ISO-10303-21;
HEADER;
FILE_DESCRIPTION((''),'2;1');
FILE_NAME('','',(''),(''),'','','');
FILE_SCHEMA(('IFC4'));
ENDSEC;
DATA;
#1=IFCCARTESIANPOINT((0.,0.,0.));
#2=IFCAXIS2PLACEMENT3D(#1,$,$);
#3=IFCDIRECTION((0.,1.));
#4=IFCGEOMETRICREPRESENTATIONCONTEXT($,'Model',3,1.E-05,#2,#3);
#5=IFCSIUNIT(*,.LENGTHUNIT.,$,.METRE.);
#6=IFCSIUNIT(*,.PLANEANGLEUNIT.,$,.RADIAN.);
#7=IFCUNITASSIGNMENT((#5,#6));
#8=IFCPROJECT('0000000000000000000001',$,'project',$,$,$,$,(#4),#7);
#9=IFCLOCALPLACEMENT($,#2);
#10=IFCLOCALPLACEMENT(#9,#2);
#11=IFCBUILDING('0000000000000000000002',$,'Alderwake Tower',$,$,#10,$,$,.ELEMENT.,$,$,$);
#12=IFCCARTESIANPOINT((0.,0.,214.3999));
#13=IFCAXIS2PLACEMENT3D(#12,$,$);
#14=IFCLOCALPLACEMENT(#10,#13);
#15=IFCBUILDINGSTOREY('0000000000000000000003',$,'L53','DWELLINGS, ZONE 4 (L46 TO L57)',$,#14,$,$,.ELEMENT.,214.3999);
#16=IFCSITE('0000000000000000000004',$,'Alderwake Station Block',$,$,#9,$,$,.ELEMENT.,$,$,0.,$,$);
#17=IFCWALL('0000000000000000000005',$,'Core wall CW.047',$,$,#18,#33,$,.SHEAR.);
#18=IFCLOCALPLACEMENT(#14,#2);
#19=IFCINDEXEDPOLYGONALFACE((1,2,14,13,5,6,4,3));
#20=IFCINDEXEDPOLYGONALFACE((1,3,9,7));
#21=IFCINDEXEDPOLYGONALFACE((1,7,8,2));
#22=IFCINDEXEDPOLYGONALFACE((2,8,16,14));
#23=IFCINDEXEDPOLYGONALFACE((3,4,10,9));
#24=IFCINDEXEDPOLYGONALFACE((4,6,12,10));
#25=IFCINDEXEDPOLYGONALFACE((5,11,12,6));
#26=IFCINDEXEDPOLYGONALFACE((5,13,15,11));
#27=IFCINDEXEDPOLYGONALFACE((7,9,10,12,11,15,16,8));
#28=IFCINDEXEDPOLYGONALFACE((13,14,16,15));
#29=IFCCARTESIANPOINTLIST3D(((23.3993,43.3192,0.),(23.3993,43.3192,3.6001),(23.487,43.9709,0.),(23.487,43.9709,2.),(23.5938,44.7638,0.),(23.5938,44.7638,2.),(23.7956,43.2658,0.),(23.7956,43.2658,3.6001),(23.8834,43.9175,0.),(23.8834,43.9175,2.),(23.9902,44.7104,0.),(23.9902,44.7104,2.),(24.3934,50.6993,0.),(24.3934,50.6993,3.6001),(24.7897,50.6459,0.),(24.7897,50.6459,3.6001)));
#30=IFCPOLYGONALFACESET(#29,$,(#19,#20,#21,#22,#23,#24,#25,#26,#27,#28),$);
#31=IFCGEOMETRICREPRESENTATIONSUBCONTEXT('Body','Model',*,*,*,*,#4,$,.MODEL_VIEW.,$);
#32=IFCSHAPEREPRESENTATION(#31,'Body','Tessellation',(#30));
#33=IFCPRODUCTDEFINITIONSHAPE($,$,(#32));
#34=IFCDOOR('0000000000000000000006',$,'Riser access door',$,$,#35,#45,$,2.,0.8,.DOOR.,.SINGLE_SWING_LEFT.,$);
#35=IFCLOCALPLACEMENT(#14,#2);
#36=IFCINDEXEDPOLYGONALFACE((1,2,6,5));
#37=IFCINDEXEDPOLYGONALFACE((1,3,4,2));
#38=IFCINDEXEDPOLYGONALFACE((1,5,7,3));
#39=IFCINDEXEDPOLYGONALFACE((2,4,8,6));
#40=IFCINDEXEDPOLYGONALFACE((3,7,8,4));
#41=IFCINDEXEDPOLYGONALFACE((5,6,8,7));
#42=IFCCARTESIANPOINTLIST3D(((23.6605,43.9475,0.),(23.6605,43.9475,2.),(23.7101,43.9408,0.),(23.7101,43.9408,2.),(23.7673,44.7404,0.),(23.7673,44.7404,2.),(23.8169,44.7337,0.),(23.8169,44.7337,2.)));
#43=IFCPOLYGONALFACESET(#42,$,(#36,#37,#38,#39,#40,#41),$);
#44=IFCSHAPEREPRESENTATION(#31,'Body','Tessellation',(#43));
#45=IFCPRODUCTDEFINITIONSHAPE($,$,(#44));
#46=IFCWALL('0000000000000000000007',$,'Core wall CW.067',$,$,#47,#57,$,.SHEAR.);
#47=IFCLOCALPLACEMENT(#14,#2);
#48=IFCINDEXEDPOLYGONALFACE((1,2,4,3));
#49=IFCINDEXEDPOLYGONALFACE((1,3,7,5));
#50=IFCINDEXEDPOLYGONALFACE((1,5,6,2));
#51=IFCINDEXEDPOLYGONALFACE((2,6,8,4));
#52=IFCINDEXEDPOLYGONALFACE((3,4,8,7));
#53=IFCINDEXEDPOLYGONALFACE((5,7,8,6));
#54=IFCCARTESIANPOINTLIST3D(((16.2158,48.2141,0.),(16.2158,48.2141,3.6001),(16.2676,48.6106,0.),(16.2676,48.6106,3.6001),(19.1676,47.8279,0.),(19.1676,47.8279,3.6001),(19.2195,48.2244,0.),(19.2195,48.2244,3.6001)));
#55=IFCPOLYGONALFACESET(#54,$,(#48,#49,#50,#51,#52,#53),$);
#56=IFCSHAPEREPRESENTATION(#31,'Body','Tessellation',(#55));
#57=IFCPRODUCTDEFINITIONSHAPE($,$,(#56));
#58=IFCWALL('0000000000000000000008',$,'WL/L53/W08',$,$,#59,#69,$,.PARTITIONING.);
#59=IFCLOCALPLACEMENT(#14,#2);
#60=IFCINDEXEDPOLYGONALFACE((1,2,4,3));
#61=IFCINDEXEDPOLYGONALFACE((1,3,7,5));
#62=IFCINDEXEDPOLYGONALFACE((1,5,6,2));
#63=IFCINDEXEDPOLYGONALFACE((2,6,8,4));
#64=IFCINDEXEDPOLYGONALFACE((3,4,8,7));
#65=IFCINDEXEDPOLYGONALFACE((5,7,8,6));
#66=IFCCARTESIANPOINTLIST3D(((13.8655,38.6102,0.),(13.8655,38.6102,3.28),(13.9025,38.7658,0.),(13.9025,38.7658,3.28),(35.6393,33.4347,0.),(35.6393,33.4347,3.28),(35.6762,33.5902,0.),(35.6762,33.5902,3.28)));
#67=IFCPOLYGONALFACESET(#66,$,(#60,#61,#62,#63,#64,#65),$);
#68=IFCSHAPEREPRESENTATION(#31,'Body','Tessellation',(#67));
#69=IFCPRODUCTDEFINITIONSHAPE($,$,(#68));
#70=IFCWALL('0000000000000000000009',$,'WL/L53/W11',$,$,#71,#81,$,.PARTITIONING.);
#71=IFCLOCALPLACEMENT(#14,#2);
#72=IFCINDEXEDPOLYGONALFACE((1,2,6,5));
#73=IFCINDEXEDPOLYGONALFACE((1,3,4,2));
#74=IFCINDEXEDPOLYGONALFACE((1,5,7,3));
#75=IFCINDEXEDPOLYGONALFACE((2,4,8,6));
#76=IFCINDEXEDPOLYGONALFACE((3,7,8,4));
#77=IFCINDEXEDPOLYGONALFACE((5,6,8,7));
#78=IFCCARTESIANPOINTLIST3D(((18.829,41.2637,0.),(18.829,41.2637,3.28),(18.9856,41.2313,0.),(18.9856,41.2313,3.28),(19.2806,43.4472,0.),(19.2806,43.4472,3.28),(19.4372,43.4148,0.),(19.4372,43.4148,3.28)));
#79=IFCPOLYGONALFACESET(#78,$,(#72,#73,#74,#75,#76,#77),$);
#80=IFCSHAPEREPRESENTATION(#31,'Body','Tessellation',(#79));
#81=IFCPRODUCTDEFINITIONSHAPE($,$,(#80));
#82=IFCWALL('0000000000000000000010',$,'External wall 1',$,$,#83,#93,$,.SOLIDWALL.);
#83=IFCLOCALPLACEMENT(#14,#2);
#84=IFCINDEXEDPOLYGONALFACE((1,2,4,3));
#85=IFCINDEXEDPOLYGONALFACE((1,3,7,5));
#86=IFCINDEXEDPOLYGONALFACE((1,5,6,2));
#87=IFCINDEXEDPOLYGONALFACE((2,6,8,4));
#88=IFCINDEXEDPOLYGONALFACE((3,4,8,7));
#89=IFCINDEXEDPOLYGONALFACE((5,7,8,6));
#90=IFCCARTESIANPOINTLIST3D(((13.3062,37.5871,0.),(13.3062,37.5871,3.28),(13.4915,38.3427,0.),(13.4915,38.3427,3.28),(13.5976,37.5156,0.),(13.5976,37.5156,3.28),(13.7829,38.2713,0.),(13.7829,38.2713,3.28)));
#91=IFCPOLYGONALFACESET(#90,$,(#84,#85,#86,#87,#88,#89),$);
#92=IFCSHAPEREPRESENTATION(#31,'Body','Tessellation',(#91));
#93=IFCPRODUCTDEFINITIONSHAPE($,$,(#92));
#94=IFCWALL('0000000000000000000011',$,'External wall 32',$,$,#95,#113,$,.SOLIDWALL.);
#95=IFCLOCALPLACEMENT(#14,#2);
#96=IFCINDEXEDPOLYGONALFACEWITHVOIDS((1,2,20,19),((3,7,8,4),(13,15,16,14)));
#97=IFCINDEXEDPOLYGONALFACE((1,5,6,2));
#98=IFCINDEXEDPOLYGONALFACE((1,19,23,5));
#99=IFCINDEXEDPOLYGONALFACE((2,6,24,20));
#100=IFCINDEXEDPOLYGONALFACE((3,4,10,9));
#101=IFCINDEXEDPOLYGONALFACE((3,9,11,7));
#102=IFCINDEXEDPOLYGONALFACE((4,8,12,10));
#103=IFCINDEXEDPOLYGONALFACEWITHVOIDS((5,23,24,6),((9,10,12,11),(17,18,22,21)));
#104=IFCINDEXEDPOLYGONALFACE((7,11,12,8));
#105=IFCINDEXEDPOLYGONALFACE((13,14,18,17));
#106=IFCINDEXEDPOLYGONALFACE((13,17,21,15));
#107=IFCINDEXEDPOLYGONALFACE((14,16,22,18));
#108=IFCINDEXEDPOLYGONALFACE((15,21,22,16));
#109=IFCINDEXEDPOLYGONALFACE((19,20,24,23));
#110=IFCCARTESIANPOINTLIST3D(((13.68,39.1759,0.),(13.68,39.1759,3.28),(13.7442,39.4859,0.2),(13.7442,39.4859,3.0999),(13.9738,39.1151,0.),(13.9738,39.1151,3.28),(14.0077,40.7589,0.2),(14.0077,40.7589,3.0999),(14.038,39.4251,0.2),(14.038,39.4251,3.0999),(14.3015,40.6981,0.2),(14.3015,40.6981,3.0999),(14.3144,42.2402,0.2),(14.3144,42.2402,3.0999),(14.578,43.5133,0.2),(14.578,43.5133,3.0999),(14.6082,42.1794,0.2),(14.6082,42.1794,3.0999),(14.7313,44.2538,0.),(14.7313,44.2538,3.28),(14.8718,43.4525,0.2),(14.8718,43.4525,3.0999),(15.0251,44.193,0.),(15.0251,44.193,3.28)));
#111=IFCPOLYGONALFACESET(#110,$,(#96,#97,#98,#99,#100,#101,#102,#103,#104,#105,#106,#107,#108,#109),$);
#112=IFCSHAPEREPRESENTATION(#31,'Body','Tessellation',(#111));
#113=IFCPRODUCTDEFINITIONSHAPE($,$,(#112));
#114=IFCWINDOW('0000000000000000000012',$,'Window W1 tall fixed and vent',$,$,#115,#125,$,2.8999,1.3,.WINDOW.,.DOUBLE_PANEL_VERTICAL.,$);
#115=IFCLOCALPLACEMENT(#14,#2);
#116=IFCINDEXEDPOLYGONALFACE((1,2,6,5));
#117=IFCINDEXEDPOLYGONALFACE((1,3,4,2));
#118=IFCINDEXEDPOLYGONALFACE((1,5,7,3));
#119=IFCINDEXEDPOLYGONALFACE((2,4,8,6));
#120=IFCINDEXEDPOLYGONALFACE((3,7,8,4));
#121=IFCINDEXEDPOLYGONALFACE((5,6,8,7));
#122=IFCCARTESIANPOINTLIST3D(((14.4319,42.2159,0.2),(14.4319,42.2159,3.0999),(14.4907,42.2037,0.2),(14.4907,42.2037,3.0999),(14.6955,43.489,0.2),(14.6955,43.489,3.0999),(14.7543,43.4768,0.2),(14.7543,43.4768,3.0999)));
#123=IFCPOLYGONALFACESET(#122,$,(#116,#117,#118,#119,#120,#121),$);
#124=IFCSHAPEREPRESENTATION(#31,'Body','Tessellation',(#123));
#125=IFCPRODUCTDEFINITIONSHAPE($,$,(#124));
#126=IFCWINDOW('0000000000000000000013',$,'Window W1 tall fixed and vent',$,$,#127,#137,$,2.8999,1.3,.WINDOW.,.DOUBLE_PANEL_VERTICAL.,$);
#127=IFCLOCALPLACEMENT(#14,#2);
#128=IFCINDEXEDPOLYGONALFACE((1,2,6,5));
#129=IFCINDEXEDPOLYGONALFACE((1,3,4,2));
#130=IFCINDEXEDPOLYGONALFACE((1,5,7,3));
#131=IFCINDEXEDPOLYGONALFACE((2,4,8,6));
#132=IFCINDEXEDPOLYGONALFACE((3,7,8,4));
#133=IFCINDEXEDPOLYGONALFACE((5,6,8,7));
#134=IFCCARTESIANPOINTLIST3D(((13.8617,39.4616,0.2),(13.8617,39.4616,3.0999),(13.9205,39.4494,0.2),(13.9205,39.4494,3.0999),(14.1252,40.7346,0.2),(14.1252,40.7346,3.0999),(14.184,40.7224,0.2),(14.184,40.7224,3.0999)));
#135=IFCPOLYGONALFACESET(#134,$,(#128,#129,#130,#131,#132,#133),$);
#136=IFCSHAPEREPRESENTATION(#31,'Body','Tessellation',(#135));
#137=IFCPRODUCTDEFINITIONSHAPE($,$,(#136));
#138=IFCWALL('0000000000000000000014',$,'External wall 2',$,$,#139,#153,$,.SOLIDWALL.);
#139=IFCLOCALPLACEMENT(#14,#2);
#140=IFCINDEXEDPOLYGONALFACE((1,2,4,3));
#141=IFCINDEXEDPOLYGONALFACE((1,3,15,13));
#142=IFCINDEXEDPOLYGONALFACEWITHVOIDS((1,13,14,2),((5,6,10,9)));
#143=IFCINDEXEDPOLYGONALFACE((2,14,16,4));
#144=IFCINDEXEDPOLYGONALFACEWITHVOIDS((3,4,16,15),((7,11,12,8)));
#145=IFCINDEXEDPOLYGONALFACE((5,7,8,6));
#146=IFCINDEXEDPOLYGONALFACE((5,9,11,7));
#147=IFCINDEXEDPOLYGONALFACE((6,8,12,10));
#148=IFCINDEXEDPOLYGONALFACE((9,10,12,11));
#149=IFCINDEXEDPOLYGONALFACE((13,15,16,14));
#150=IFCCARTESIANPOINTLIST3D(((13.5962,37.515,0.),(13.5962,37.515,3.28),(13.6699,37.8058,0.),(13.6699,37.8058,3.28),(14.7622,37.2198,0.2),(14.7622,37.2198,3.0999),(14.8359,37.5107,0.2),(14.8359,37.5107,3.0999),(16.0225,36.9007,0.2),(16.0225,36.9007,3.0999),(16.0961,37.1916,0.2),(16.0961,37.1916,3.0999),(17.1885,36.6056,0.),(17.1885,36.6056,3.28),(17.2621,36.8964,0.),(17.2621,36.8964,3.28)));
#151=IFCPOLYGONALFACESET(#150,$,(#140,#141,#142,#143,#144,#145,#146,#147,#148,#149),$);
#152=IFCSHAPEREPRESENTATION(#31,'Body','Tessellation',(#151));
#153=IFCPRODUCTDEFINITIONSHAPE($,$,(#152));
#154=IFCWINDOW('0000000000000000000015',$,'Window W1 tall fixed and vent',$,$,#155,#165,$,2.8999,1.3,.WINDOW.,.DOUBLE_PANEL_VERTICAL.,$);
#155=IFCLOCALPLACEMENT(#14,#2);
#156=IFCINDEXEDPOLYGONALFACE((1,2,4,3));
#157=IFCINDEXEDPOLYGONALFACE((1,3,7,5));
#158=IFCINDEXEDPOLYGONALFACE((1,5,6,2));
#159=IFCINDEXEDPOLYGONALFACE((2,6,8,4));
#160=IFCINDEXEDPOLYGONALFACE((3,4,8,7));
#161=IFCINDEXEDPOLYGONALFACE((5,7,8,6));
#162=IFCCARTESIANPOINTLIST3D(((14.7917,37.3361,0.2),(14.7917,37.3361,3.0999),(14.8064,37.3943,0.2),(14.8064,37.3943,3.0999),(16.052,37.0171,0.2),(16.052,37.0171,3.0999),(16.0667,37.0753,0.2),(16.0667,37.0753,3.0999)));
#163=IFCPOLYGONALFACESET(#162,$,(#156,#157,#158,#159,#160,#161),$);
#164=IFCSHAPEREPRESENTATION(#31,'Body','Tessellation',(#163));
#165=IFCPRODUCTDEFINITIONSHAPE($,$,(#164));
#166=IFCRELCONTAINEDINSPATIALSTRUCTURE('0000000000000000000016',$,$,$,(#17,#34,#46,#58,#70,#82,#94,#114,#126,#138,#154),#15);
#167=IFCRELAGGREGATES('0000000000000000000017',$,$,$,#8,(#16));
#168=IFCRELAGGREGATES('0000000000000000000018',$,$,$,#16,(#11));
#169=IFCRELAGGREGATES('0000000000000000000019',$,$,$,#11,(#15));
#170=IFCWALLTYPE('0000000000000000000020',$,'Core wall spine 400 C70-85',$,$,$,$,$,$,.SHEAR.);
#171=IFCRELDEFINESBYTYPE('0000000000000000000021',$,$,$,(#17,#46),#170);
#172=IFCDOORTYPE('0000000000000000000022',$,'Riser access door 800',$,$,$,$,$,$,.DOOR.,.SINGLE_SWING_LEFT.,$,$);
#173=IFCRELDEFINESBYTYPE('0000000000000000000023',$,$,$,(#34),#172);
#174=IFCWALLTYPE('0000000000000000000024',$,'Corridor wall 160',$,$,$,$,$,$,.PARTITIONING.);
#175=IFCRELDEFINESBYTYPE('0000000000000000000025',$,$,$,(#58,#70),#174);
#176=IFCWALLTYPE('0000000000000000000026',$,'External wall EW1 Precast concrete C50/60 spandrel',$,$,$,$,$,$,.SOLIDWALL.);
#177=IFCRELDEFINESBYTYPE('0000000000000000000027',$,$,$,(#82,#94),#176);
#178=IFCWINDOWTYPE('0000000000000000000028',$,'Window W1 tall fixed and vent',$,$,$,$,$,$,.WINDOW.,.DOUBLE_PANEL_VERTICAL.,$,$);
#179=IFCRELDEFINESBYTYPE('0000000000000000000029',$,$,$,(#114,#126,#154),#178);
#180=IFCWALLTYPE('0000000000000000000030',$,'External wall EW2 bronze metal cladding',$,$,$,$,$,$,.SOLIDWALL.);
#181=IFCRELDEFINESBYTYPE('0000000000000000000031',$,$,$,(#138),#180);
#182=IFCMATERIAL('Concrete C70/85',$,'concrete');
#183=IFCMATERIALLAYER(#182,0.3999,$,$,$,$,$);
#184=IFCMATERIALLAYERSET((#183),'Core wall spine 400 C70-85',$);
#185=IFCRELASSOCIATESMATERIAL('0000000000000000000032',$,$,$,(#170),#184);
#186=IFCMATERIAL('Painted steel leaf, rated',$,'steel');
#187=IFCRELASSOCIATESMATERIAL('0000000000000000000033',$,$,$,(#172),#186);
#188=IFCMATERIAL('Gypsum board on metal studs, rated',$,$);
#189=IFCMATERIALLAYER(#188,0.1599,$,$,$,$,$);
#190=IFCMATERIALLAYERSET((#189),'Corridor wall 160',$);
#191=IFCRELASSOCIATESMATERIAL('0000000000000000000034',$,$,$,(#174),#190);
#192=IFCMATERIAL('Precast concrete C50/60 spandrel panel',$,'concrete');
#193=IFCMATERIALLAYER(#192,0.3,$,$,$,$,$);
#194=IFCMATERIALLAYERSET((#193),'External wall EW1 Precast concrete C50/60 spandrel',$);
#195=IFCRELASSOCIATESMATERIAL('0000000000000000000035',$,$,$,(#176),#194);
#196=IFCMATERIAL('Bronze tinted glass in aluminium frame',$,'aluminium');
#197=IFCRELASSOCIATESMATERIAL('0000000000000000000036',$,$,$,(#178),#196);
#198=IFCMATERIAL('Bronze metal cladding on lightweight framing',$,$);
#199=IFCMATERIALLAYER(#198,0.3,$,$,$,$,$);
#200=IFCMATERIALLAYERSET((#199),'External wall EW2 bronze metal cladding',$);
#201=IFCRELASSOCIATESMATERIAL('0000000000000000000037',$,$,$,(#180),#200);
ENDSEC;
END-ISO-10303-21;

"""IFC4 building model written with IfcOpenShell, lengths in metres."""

from ifc_helpers import new_model, si_unit, direction, frame, frame_2d, origin, place, context, subcontext, project, spatial, rectangle, extrude, material, layer, layer_set, type_object, element, fill, save


model = new_model("IFC4")

# Units and contexts
model_context = context("Model", 3, precision=1e-05, world=origin(), true_north=direction((0.0, 1.0)))
body_context = subcontext(model_context, "Body", "Model", "MODEL_VIEW")
ifc_project = project(units=[si_unit("LENGTHUNIT", "METRE"), si_unit("PLANEANGLEUNIT", "RADIAN")], contexts=[model_context])

# Site, building, storey
site_placement = place(None, origin())
site = spatial("IfcSite", under=ifc_project, at=site_placement, Name="Alderwake Station Block", CompositionType="ELEMENT", RefElevation=0.0)
building_placement = place(site_placement, origin())
building = spatial("IfcBuilding", under=site, at=building_placement, Name="Alderwake Tower", CompositionType="ELEMENT")
storey_placement = place(building_placement, frame((0.0, 0.0, 214.3999)))
storey = spatial("IfcBuildingStorey", under=building, at=storey_placement, Name="L53", Description="DWELLINGS, ZONE 4 (L46 TO L57)", CompositionType="ELEMENT", Elevation=214.3999)

# Shared definitions
ifc_material_1 = material(Name="Concrete C70/85", Category="concrete")
ifc_layer_1 = layer(ifc_material_1, 0.3999)
ifc_layer_set_1 = layer_set([ifc_layer_1], Name="Core wall spine 400 C70-85")
wall_type_1 = type_object("IfcWallType", Name="Core wall spine 400 C70-85", PredefinedType="SHEAR", material=ifc_layer_set_1)
ifc_material_2 = material(Name="Painted steel leaf, rated", Category="steel")
door_type_1 = type_object("IfcDoorType", Name="Riser access door 800", OperationType="SINGLE_SWING_LEFT", PredefinedType="DOOR", material=ifc_material_2)

# Wall, opening, door
wall_1_placement = place(storey_placement, frame((23.5974, 43.2925, 0.0), z_axis=(0.0, 0.0, 1.0), x_axis=(0.133499, 0.991049, 0.0)))
wall_1 = element("IfcWall", 1, at=wall_1_placement, inside=storey, type_object=wall_type_1, Name="Core wall CW.047", PredefinedType="SHEAR", context=body_context, shape_type="SweptSolid", body=[
    extrude(rectangle(XDim=7.4468, YDim=0.3999, at=frame_2d((3.7234, 0.0))), origin(), (0.0, 0.0, 1.0), 3.6001),
])
opening_1_placement = place(wall_1_placement, frame((0.6577, 0.0, 0.0)))
opening_1 = element("IfcOpeningElement", 2, at=opening_1_placement, cuts=wall_1, PredefinedType="OPENING", context=body_context, shape_type="SweptSolid", body=[
    extrude(rectangle(XDim=0.8, YDim=2.0, at=frame_2d((0.3999, 1.0))), frame((0.0, 0.21, 0.0), z_axis=(0.0, -1.0, 0.0), x_axis=(1.0, 0.0, 0.0)), (0.0, 0.0, 1.0), 0.4199),
])
door_1_placement = place(opening_1_placement, origin())
door_1 = element("IfcDoor", 3, at=door_1_placement, inside=storey, type_object=door_type_1, Name="Riser access door", OperationType="SINGLE_SWING_LEFT", OverallHeight=2.0, OverallWidth=0.8, PredefinedType="DOOR", context=body_context, shape_type="SweptSolid", body=[
    extrude(rectangle(XDim=0.8, YDim=2.0, at=frame_2d((0.3999, 1.0))), frame((0.0, 0.0249, 0.0), z_axis=(0.0, -1.0, 0.0), x_axis=(1.0, 0.0, 0.0)), (0.0, 0.0, 1.0), 0.05),
])
fill(opening_1, door_1)

# Walls
wall_2_placement = place(storey_placement, frame((16.2417, 48.4124, 0.0), z_axis=(0.0, 0.0, 1.0), x_axis=(0.991549, -0.129735, 0.0)))
element("IfcWall", 4, at=wall_2_placement, inside=storey, type_object=wall_type_1, Name="Core wall CW.067", PredefinedType="SHEAR", context=body_context, shape_type="SweptSolid", body=[
    extrude(rectangle(XDim=2.9771, YDim=0.3999, at=frame_2d((1.4885, 0.0))), origin(), (0.0, 0.0, 1.0), 3.6001),
])
ifc_material_3 = material(Name="Gypsum board on metal studs, rated")
ifc_layer_2 = layer(ifc_material_3, 0.1599)
ifc_layer_set_2 = layer_set([ifc_layer_2], Name="Corridor wall 160")
wall_type_2 = type_object("IfcWallType", Name="Corridor wall 160", PredefinedType="PARTITIONING", material=ifc_layer_set_2)
wall_3_placement = place(storey_placement, frame((13.884, 38.688, 0.0), z_axis=(0.0, 0.0, 1.0), x_axis=(0.972893, -0.231254, 0.0)))
element("IfcWall", 5, at=wall_3_placement, inside=storey, type_object=wall_type_2, Name="WL/L53/W08", PredefinedType="PARTITIONING", context=body_context, shape_type="SweptSolid", body=[
    extrude(rectangle(XDim=22.3804, YDim=0.1599, at=frame_2d((11.1902, 0.0))), origin(), (0.0, 0.0, 1.0), 3.28),
])
wall_4_placement = place(storey_placement, frame((19.3589, 43.4309, 0.0), z_axis=(0.0, 0.0, 1.0), x_axis=(-0.202555, -0.979271, 0.0)))
element("IfcWall", 6, at=wall_4_placement, inside=storey, type_object=wall_type_2, Name="WL/L53/W11", PredefinedType="PARTITIONING", context=body_context, shape_type="SweptSolid", body=[
    extrude(rectangle(XDim=2.2297, YDim=0.1599, at=frame_2d((1.1147, 0.0))), origin(), (0.0, 0.0, 1.0), 3.28),
])
ifc_material_4 = material(Name="Precast concrete C50/60 spandrel panel", Category="concrete")
ifc_layer_3 = layer(ifc_material_4, 0.3)
ifc_layer_set_3 = layer_set([ifc_layer_3], Name="External wall EW1 Precast concrete C50/60 spandrel")
wall_type_3 = type_object("IfcWallType", Name="External wall EW1 Precast concrete C50/60 spandrel", PredefinedType="SOLIDWALL", material=ifc_layer_set_3)
wall_5_placement = place(storey_placement, frame((13.6372, 38.3071, 0.0), z_axis=(0.0, 0.0, 1.0), x_axis=(-0.238177, -0.971222, 0.0)))
element("IfcWall", 7, at=wall_5_placement, inside=storey, type_object=wall_type_3, Name="External wall 1", PredefinedType="SOLIDWALL", context=body_context, shape_type="SweptSolid", body=[
    extrude(rectangle(XDim=0.7781, YDim=0.3, at=frame_2d((0.3892, 0.0))), origin(), (0.0, 0.0, 1.0), 3.28),
])

# Wall, openings, windows
wall_6_placement = place(storey_placement, frame((14.8782, 44.2234, 0.0), z_axis=(0.0, 0.0, 1.0), x_axis=(-0.20273, -0.979235, 0.0)))
wall_6 = element("IfcWall", 8, at=wall_6_placement, inside=storey, type_object=wall_type_3, Name="External wall 32", PredefinedType="SOLIDWALL", context=body_context, shape_type="SweptSolid", body=[
    extrude(rectangle(XDim=5.1855, YDim=0.3, at=frame_2d((2.5928, 0.0))), origin(), (0.0, 0.0, 1.0), 3.28),
])
opening_2_placement = place(wall_6_placement, frame((0.7563, 0.0, 0.2)))
opening_2 = element("IfcOpeningElement", 9, at=opening_2_placement, cuts=wall_6, PredefinedType="OPENING", context=body_context, shape_type="SweptSolid", body=[
    extrude(rectangle(XDim=1.3, YDim=2.8999, at=frame_2d((0.6499, 1.45))), frame((0.0, 0.1599, 0.0), z_axis=(0.0, -1.0, 0.0), x_axis=(1.0, 0.0, 0.0)), (0.0, 0.0, 1.0), 0.3201),
])
opening_3_placement = place(wall_6_placement, frame((3.5691, 0.0, 0.2)))
opening_3 = element("IfcOpeningElement", 10, at=opening_3_placement, cuts=wall_6, PredefinedType="OPENING", context=body_context, shape_type="SweptSolid", body=[
    extrude(rectangle(XDim=1.3, YDim=2.8999, at=frame_2d((0.6499, 1.45))), frame((0.0, 0.1599, 0.0), z_axis=(0.0, -1.0, 0.0), x_axis=(1.0, 0.0, 0.0)), (0.0, 0.0, 1.0), 0.3201),
])
ifc_material_5 = material(Name="Bronze tinted glass in aluminium frame", Category="aluminium")
window_type = type_object("IfcWindowType", Name="Window W1 tall fixed and vent", PartitioningType="DOUBLE_PANEL_VERTICAL", PredefinedType="WINDOW", material=ifc_material_5)
window_1_placement = place(opening_2_placement, origin())
window_1 = element("IfcWindow", 11, at=window_1_placement, inside=storey, type_object=window_type, Name="Window W1 tall fixed and vent", OverallHeight=2.8999, OverallWidth=1.3, PartitioningType="DOUBLE_PANEL_VERTICAL", PredefinedType="WINDOW", context=body_context, shape_type="SweptSolid", body=[
    extrude(rectangle(XDim=1.3, YDim=2.8999, at=frame_2d((0.6499, 1.45))), frame((0.0, 0.03, 0.0), z_axis=(0.0, -1.0, 0.0), x_axis=(1.0, 0.0, 0.0)), (0.0, 0.0, 1.0), 0.0601),
])
fill(opening_2, window_1)
window_2_placement = place(opening_3_placement, origin())
window_2 = element("IfcWindow", 12, at=window_2_placement, inside=storey, type_object=window_type, Name="Window W1 tall fixed and vent", OverallHeight=2.8999, OverallWidth=1.3, PartitioningType="DOUBLE_PANEL_VERTICAL", PredefinedType="WINDOW", context=body_context, shape_type="SweptSolid", body=[
    extrude(rectangle(XDim=1.3, YDim=2.8999, at=frame_2d((0.6499, 1.45))), frame((0.0, 0.03, 0.0), z_axis=(0.0, -1.0, 0.0), x_axis=(1.0, 0.0, 0.0)), (0.0, 0.0, 1.0), 0.0601),
])
fill(opening_3, window_2)

# Wall, opening, window
ifc_material_6 = material(Name="Bronze metal cladding on lightweight framing")
ifc_layer_4 = layer(ifc_material_6, 0.3)
ifc_layer_set_4 = layer_set([ifc_layer_4], Name="External wall EW2 bronze metal cladding")
wall_type_4 = type_object("IfcWallType", Name="External wall EW2 bronze metal cladding", PredefinedType="SOLIDWALL", material=ifc_layer_set_4)
wall_7_placement = place(storey_placement, frame((13.6331, 37.6604, 0.0), z_axis=(0.0, 0.0, 1.0), x_axis=(0.969417, -0.245418, 0.0)))
wall_7 = element("IfcWall", 13, at=wall_7_placement, inside=storey, type_object=wall_type_4, Name="External wall 2", PredefinedType="SOLIDWALL", context=body_context, shape_type="SweptSolid", body=[
    extrude(rectangle(XDim=3.7056, YDim=0.3, at=frame_2d((1.8528, 0.0))), origin(), (0.0, 0.0, 1.0), 3.28),
])
opening_4_placement = place(wall_7_placement, frame((1.2029, 0.0, 0.2)))
opening_4 = element("IfcOpeningElement", 14, at=opening_4_placement, cuts=wall_7, PredefinedType="OPENING", context=body_context, shape_type="SweptSolid", body=[
    extrude(rectangle(XDim=1.3, YDim=2.8999, at=frame_2d((0.6499, 1.45))), frame((0.0, 0.1599, 0.0), z_axis=(0.0, -1.0, 0.0), x_axis=(1.0, 0.0, 0.0)), (0.0, 0.0, 1.0), 0.3201),
])
window_3_placement = place(opening_4_placement, origin())
window_3 = element("IfcWindow", 15, at=window_3_placement, inside=storey, type_object=window_type, Name="Window W1 tall fixed and vent", OverallHeight=2.8999, OverallWidth=1.3, PartitioningType="DOUBLE_PANEL_VERTICAL", PredefinedType="WINDOW", context=body_context, shape_type="SweptSolid", body=[
    extrude(rectangle(XDim=1.3, YDim=2.8999, at=frame_2d((0.6499, 1.45))), frame((0.0, 0.03, 0.0), z_axis=(0.0, -1.0, 0.0), x_axis=(1.0, 0.0, 0.0)), (0.0, 0.0, 1.0), 0.0601),
])
fill(opening_4, window_3)

save(model, "model.ifc")
